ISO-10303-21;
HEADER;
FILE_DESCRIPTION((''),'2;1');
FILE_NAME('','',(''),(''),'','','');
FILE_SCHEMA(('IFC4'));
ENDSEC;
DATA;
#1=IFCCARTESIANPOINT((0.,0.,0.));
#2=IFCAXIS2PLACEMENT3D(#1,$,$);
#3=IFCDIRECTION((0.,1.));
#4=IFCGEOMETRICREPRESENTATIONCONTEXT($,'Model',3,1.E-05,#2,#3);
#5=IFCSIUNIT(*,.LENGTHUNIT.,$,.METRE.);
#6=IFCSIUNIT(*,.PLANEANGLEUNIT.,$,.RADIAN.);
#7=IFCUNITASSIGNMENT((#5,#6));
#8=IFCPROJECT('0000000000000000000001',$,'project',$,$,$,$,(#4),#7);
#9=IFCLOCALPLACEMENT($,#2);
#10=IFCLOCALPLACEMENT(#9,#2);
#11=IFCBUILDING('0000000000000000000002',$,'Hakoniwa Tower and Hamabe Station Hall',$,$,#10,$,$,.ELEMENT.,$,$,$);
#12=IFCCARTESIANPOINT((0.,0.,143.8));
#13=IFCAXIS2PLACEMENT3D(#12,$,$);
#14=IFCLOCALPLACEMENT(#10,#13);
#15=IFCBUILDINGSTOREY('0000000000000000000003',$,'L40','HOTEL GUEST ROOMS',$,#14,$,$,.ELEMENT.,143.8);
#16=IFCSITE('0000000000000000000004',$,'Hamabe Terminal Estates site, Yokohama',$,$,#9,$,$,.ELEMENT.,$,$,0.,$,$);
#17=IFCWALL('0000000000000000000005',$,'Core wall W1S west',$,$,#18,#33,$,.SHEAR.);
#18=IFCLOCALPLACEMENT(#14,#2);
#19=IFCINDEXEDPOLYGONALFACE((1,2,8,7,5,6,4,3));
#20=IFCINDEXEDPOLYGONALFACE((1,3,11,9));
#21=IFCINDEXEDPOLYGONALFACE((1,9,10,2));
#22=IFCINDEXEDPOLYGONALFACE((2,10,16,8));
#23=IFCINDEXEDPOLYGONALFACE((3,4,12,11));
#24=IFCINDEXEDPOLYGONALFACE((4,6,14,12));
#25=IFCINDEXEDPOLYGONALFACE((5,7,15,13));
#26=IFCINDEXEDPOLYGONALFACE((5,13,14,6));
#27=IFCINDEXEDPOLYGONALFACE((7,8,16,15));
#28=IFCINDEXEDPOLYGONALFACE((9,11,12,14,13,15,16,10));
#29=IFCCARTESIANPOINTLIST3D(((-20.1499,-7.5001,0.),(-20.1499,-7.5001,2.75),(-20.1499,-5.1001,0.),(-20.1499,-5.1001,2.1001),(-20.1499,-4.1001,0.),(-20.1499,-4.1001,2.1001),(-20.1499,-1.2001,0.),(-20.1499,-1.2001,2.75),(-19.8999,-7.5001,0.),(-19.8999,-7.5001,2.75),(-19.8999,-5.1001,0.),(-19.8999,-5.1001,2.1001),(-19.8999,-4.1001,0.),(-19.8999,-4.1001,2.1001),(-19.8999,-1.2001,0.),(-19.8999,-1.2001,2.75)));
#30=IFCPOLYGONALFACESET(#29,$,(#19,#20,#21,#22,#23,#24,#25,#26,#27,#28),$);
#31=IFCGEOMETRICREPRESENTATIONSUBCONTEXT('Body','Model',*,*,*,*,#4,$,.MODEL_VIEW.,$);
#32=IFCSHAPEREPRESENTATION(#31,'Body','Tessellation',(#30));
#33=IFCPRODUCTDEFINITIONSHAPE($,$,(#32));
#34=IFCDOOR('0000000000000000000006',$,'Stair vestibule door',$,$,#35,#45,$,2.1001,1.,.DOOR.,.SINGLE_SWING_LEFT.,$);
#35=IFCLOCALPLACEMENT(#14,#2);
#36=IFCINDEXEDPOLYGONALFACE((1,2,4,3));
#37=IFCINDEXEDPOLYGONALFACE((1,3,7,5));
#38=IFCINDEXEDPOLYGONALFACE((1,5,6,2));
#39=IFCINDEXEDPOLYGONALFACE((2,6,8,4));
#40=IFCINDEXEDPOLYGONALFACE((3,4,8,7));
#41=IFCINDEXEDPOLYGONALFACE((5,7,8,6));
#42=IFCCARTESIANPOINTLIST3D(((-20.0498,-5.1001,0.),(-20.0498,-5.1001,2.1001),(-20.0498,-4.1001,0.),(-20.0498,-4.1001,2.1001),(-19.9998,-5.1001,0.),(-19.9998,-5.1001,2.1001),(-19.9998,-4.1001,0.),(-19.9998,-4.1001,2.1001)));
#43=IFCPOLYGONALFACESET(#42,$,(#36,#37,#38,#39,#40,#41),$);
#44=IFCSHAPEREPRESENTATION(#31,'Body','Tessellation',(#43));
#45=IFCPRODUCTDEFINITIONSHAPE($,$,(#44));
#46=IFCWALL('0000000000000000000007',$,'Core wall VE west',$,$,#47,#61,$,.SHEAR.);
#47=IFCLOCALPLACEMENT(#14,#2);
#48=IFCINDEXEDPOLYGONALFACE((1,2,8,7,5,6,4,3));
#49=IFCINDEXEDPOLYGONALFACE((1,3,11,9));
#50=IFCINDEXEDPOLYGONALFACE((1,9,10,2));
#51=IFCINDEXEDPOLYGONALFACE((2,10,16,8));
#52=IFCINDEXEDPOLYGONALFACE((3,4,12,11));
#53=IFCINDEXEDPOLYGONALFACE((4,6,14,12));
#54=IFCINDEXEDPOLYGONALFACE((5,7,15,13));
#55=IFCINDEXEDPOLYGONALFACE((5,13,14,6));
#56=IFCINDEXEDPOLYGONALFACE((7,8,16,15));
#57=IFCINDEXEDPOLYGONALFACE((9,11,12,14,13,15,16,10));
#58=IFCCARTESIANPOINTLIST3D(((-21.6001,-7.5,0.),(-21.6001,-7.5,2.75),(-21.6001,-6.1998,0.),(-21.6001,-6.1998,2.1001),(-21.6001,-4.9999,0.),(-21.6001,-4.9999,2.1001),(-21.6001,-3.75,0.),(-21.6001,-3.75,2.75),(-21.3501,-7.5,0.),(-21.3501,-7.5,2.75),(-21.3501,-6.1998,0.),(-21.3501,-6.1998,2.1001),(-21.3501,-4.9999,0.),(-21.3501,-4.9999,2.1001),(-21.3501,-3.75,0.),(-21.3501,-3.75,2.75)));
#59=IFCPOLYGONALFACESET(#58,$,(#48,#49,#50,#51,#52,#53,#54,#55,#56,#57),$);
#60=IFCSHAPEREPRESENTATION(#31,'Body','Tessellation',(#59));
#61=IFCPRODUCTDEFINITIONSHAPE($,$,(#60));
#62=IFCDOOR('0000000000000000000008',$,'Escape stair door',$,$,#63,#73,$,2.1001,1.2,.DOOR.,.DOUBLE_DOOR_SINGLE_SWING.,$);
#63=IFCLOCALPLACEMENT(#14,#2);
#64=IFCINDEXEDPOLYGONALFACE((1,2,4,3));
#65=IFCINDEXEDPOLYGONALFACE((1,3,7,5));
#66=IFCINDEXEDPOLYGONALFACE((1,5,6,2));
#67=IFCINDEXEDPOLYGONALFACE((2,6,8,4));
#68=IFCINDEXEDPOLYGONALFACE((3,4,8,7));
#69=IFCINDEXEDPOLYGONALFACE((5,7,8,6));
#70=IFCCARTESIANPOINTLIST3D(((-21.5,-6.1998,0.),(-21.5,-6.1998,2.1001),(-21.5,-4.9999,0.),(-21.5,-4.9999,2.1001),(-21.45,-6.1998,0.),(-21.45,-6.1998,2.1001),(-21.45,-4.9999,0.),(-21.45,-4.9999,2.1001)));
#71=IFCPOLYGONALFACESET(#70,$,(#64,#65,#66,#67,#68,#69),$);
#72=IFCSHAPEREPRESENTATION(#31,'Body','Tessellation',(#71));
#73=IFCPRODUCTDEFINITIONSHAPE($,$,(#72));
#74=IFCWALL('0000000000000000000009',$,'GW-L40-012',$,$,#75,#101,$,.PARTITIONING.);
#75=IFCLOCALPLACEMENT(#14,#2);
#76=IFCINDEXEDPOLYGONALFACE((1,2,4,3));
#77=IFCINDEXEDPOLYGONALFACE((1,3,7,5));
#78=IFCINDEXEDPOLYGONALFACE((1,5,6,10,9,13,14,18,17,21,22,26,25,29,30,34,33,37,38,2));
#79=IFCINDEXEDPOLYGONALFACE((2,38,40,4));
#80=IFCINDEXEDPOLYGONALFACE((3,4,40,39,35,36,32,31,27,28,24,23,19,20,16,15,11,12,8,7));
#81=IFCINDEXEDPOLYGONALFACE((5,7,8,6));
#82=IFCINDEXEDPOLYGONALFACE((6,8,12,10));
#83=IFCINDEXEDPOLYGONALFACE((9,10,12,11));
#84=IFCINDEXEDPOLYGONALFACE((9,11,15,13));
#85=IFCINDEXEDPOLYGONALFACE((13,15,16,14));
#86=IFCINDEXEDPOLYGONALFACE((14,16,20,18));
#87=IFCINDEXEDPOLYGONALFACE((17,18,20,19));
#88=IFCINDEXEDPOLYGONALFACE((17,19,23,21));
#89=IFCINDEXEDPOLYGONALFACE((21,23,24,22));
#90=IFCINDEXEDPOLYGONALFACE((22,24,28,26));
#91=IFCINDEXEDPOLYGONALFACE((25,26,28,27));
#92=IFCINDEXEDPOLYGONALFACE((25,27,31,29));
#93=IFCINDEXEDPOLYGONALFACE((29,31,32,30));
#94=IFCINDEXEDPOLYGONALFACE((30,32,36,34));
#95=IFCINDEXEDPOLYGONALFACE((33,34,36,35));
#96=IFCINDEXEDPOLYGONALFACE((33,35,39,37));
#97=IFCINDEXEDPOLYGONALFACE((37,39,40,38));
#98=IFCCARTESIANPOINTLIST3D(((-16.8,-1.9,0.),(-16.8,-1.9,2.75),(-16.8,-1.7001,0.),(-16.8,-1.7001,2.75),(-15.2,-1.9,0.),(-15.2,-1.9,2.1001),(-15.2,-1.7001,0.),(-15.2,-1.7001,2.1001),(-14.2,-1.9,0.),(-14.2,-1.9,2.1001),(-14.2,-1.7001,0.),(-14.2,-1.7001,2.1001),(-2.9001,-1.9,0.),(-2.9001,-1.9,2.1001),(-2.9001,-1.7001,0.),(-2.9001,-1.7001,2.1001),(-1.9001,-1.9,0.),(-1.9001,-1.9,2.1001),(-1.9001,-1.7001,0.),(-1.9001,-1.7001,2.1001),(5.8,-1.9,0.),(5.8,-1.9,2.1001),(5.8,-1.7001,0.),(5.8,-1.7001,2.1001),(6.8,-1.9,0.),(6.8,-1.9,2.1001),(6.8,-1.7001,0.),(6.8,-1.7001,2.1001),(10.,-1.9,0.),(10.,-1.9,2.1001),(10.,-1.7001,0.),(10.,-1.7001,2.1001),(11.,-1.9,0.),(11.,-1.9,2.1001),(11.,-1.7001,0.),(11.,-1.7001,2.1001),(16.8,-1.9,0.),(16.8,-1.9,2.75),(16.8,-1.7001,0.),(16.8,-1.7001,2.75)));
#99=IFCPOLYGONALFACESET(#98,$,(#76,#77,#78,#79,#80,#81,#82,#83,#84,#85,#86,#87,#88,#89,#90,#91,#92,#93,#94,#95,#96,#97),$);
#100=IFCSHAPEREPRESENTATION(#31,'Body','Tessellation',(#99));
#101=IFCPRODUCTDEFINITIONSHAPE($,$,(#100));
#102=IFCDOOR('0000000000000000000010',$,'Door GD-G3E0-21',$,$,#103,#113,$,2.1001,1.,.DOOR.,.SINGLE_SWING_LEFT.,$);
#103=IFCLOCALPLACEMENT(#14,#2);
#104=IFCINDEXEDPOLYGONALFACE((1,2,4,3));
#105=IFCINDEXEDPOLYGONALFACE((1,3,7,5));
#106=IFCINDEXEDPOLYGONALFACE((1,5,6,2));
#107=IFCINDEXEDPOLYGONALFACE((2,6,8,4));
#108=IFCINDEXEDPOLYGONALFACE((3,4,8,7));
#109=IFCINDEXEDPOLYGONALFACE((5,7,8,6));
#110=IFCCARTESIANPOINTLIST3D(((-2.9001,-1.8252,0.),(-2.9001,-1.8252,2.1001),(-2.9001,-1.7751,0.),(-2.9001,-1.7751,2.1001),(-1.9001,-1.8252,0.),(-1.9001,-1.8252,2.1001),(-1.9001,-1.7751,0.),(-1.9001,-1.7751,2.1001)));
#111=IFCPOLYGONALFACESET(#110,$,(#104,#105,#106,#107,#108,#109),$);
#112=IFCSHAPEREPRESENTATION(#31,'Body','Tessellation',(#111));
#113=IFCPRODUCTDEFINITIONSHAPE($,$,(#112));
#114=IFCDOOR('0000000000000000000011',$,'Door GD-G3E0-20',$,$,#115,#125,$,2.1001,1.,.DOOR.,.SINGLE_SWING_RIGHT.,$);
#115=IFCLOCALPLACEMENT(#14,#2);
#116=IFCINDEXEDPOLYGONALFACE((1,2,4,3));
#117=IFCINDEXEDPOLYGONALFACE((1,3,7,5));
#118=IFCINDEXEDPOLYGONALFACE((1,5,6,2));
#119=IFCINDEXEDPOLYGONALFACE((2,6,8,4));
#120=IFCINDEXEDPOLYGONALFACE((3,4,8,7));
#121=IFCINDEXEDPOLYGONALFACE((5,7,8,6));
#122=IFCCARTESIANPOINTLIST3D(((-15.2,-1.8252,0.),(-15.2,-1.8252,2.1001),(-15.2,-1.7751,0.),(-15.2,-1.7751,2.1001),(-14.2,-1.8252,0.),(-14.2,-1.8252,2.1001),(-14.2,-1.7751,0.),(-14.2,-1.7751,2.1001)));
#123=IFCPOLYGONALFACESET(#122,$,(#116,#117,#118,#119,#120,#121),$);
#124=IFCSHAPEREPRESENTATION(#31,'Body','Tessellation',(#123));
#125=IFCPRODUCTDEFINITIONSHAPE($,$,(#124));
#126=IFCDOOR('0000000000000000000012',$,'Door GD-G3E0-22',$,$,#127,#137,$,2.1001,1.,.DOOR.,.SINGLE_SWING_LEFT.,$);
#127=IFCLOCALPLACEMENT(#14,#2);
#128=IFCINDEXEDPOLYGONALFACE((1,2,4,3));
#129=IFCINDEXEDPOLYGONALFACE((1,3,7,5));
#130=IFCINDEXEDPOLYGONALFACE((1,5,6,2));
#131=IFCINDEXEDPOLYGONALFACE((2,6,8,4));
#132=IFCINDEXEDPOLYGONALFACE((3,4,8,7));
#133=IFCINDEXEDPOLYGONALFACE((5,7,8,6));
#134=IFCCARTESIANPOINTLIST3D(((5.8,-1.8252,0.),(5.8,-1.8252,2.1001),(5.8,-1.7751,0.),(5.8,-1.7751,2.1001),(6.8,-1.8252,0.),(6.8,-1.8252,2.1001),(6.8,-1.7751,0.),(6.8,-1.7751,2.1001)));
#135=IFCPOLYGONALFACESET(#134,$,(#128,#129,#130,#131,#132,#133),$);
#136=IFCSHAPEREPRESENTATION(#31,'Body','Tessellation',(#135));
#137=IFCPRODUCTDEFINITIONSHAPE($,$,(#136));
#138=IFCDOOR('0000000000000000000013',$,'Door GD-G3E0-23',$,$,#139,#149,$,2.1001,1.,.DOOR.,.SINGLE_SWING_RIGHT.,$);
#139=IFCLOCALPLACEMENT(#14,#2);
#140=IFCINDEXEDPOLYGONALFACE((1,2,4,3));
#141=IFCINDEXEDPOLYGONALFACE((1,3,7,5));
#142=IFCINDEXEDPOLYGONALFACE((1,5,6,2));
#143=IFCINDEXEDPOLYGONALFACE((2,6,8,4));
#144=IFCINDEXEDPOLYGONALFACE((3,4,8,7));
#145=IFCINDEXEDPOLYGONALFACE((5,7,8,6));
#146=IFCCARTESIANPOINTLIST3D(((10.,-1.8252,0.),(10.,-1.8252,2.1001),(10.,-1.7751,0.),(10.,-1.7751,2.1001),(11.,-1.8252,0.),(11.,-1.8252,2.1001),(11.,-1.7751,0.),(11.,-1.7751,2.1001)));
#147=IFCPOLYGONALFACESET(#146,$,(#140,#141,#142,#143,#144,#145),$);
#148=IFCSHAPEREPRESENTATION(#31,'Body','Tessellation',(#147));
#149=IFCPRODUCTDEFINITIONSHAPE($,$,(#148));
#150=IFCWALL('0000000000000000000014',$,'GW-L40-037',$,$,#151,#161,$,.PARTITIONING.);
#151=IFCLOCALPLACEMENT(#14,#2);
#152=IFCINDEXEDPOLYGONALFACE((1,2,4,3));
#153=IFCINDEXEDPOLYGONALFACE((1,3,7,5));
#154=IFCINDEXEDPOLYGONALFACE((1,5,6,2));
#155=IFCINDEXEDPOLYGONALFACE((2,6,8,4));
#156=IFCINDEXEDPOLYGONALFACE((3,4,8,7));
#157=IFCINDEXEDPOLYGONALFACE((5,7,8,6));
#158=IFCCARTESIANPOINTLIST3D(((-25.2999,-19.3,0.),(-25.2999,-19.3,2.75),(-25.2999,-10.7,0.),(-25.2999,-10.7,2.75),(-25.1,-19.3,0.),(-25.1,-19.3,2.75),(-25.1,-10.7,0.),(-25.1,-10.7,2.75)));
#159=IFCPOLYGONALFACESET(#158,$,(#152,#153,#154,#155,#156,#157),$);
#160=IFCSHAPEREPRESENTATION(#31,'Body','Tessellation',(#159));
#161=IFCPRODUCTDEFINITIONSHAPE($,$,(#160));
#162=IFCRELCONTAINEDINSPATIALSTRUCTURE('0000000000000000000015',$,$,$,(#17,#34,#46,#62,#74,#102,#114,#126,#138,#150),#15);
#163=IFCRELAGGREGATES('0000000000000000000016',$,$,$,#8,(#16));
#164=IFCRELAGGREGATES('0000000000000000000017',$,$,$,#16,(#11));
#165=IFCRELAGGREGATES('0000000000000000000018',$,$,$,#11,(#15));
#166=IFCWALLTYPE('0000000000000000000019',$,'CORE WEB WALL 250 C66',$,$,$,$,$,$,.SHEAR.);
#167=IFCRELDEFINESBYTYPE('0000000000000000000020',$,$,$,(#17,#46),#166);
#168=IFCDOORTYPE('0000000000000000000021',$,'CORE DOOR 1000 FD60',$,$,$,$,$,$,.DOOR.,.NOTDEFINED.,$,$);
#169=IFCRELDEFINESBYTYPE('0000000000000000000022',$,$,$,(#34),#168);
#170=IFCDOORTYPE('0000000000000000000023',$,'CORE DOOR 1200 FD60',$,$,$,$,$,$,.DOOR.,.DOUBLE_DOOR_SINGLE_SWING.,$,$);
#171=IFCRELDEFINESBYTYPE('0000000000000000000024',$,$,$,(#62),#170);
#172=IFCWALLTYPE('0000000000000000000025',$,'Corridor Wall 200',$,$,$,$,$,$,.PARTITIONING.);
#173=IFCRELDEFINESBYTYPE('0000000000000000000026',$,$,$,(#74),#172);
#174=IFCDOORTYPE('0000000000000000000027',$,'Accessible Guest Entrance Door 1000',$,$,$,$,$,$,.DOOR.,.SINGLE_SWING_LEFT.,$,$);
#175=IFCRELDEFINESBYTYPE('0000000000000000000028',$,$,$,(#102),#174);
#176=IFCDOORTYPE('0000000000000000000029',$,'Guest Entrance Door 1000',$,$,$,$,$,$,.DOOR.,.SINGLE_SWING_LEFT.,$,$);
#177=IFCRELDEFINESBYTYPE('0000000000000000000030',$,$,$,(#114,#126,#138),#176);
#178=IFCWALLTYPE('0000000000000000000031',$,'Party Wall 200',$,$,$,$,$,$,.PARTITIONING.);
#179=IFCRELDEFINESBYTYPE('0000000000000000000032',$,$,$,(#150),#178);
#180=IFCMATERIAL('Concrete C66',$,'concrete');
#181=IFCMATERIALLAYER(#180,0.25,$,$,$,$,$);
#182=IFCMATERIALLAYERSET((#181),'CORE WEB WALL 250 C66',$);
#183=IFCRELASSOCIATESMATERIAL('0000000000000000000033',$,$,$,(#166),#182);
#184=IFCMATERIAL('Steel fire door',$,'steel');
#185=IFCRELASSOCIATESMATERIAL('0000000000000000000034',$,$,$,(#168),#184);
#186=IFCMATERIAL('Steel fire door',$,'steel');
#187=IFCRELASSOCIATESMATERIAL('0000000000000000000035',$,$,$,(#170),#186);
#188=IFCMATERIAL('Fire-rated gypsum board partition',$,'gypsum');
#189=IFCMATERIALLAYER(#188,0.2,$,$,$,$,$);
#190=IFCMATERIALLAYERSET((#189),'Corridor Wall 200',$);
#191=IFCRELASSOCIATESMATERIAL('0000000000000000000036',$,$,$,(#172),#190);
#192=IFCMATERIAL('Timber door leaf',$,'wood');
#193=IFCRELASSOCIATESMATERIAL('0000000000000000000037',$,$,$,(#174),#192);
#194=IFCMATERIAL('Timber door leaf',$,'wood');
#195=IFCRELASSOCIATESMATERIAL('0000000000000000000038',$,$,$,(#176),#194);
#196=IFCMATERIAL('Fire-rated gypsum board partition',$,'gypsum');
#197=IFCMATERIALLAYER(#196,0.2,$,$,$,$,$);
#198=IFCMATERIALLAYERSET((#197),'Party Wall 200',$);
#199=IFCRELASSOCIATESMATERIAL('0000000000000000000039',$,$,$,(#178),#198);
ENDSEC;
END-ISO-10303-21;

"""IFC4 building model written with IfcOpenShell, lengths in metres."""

from ifc_helpers import new_model, si_unit, direction, frame, frame_2d, origin, place, context, subcontext, project, spatial, rectangle, extrude, material, layer, layer_set, type_object, element, fill, save


model = new_model("IFC4")

# Units and contexts
model_context = context("Model", 3, precision=1e-05, world=origin(), true_north=direction((0.0, 1.0)))
body_context = subcontext(model_context, "Body", "Model", "MODEL_VIEW")
ifc_project = project(units=[si_unit("LENGTHUNIT", "METRE"), si_unit("PLANEANGLEUNIT", "RADIAN")], contexts=[model_context])

# Site, building, storey
site_placement = place(None, origin())
site = spatial("IfcSite", under=ifc_project, at=site_placement, Name="Hamabe Terminal Estates site, Yokohama", CompositionType="ELEMENT", RefElevation=0.0)
building_placement = place(site_placement, origin())
building = spatial("IfcBuilding", under=site, at=building_placement, Name="Hakoniwa Tower and Hamabe Station Hall", CompositionType="ELEMENT")
storey_placement = place(building_placement, frame((0.0, 0.0, 143.8)))
storey = spatial("IfcBuildingStorey", under=building, at=storey_placement, Name="L40", Description="HOTEL GUEST ROOMS", CompositionType="ELEMENT", Elevation=143.8)

# Walls, openings, doors
ifc_material_1 = material(Name="Concrete C66", Category="concrete")
ifc_layer_1 = layer(ifc_material_1, 0.25)
ifc_layer_set_1 = layer_set([ifc_layer_1], Name="CORE WEB WALL 250 C66")
wall_type_1 = type_object("IfcWallType", Name="CORE WEB WALL 250 C66", PredefinedType="SHEAR", material=ifc_layer_set_1)
wall_1_placement = place(storey_placement, frame((-20.0249, -7.5, 0.0), z_axis=(0.0, 0.0, 1.0), x_axis=(0.0, 1.0, 0.0)))
wall_1 = element("IfcWall", 1, at=wall_1_placement, inside=storey, type_object=wall_type_1, Name="Core wall W1S west", PredefinedType="SHEAR", context=body_context, shape_type="SweptSolid", body=[
    extrude(rectangle(XDim=6.3, YDim=0.25, at=frame_2d((3.1499, 0.0))), origin(), (0.0, 0.0, 1.0), 2.75),
])
opening_1_placement = place(wall_1_placement, frame((2.3999, 0.0, 0.0)))
opening_1 = element("IfcOpeningElement", 2, at=opening_1_placement, cuts=wall_1, PredefinedType="OPENING", context=body_context, shape_type="SweptSolid", body=[
    extrude(rectangle(XDim=1.0, YDim=2.1001, at=frame_2d((0.5, 1.05))), frame((0.0, 0.135, 0.0), z_axis=(0.0, -1.0, 0.0), x_axis=(1.0, 0.0, 0.0)), (0.0, 0.0, 1.0), 0.27),
])
ifc_material_2 = material(Name="Steel fire door", Category="steel")
door_type_1 = type_object("IfcDoorType", Name="CORE DOOR 1000 FD60", OperationType="NOTDEFINED", PredefinedType="DOOR", material=ifc_material_2)
door_1_placement = place(opening_1_placement, origin())
door_1 = element("IfcDoor", 3, at=door_1_placement, inside=storey, type_object=door_type_1, Name="Stair vestibule door", OperationType="SINGLE_SWING_LEFT", OverallHeight=2.1001, OverallWidth=1.0, PredefinedType="DOOR", context=body_context, shape_type="SweptSolid", body=[
    extrude(rectangle(XDim=1.0, YDim=2.1001, at=frame_2d((0.5, 1.05))), frame((0.0, 0.0249, 0.0), z_axis=(0.0, -1.0, 0.0), x_axis=(1.0, 0.0, 0.0)), (0.0, 0.0, 1.0), 0.05),
])
fill(opening_1, door_1)
wall_2_placement = place(storey_placement, frame((-21.4751, -7.5, 0.0), z_axis=(0.0, 0.0, 1.0), x_axis=(0.0, 1.0, 0.0)))
wall_2 = element("IfcWall", 4, at=wall_2_placement, inside=storey, type_object=wall_type_1, Name="Core wall VE west", PredefinedType="SHEAR", context=body_context, shape_type="SweptSolid", body=[
    extrude(rectangle(XDim=3.75, YDim=0.25, at=frame_2d((1.875, 0.0))), origin(), (0.0, 0.0, 1.0), 2.75),
])
opening_2_placement = place(wall_2_placement, frame((1.3, 0.0, 0.0)))
opening_2 = element("IfcOpeningElement", 5, at=opening_2_placement, cuts=wall_2, PredefinedType="OPENING", context=body_context, shape_type="SweptSolid", body=[
    extrude(rectangle(XDim=1.2, YDim=2.1001, at=frame_2d((0.6001, 1.05))), frame((0.0, 0.135, 0.0), z_axis=(0.0, -1.0, 0.0), x_axis=(1.0, 0.0, 0.0)), (0.0, 0.0, 1.0), 0.27),
])
ifc_material_3 = material(Name="Steel fire door", Category="steel")
door_type_2 = type_object("IfcDoorType", Name="CORE DOOR 1200 FD60", OperationType="DOUBLE_DOOR_SINGLE_SWING", PredefinedType="DOOR", material=ifc_material_3)
door_2_placement = place(opening_2_placement, origin())
door_2 = element("IfcDoor", 6, at=door_2_placement, inside=storey, type_object=door_type_2, Name="Escape stair door", OperationType="DOUBLE_DOOR_SINGLE_SWING", OverallHeight=2.1001, OverallWidth=1.2, PredefinedType="DOOR", context=body_context, shape_type="SweptSolid", body=[
    extrude(rectangle(XDim=1.2, YDim=2.1001, at=frame_2d((0.6001, 1.05))), frame((0.0, 0.0249, 0.0), z_axis=(0.0, -1.0, 0.0), x_axis=(1.0, 0.0, 0.0)), (0.0, 0.0, 1.0), 0.05),
])
fill(opening_2, door_2)

# Wall, openings, doors
ifc_material_4 = material(Name="Fire-rated gypsum board partition", Category="gypsum")
ifc_layer_2 = layer(ifc_material_4, 0.2)
ifc_layer_set_2 = layer_set([ifc_layer_2], Name="Corridor Wall 200")
wall_type_2 = type_object("IfcWallType", Name="Corridor Wall 200", PredefinedType="PARTITIONING", material=ifc_layer_set_2)
wall_3_placement = place(storey_placement, frame((-16.8, -1.8, 0.0), z_axis=(0.0, 0.0, 1.0), x_axis=(1.0, 0.0, 0.0)))
wall_3 = element("IfcWall", 7, at=wall_3_placement, inside=storey, type_object=wall_type_2, Name="GW-L40-012", PredefinedType="PARTITIONING", context=body_context, shape_type="SweptSolid", body=[
    extrude(rectangle(XDim=33.6001, YDim=0.2, at=frame_2d((16.8, 0.0))), origin(), (0.0, 0.0, 1.0), 2.75),
])
opening_3_placement = place(wall_3_placement, frame((1.6001, 0.0, 0.0)))
opening_3 = element("IfcOpeningElement", 8, at=opening_3_placement, cuts=wall_3, PredefinedType="OPENING", context=body_context, shape_type="SweptSolid", body=[
    extrude(rectangle(XDim=1.0, YDim=2.1001, at=frame_2d((0.5, 1.05))), frame((0.0, 0.1099, 0.0), z_axis=(0.0, -1.0, 0.0), x_axis=(1.0, 0.0, 0.0)), (0.0, 0.0, 1.0), 0.22),
])
opening_4_placement = place(wall_3_placement, frame((13.8999, 0.0, 0.0)))
opening_4 = element("IfcOpeningElement", 9, at=opening_4_placement, cuts=wall_3, PredefinedType="OPENING", context=body_context, shape_type="SweptSolid", body=[
    extrude(rectangle(XDim=1.0, YDim=2.1001, at=frame_2d((0.5, 1.05))), frame((0.0, 0.1099, 0.0), z_axis=(0.0, -1.0, 0.0), x_axis=(1.0, 0.0, 0.0)), (0.0, 0.0, 1.0), 0.22),
])
opening_5_placement = place(wall_3_placement, frame((22.6001, 0.0, 0.0)))
opening_5 = element("IfcOpeningElement", 10, at=opening_5_placement, cuts=wall_3, PredefinedType="OPENING", context=body_context, shape_type="SweptSolid", body=[
    extrude(rectangle(XDim=1.0, YDim=2.1001, at=frame_2d((0.5, 1.05))), frame((0.0, 0.1099, 0.0), z_axis=(0.0, -1.0, 0.0), x_axis=(1.0, 0.0, 0.0)), (0.0, 0.0, 1.0), 0.22),
])
opening_6_placement = place(wall_3_placement, frame((26.8, 0.0, 0.0)))
opening_6 = element("IfcOpeningElement", 11, at=opening_6_placement, cuts=wall_3, PredefinedType="OPENING", context=body_context, shape_type="SweptSolid", body=[
    extrude(rectangle(XDim=1.0, YDim=2.1001, at=frame_2d((0.5, 1.05))), frame((0.0, 0.1099, 0.0), z_axis=(0.0, -1.0, 0.0), x_axis=(1.0, 0.0, 0.0)), (0.0, 0.0, 1.0), 0.22),
])
ifc_material_5 = material(Name="Timber door leaf", Category="wood")
door_type_3 = type_object("IfcDoorType", Name="Accessible Guest Entrance Door 1000", OperationType="SINGLE_SWING_LEFT", PredefinedType="DOOR", material=ifc_material_5)
door_3_placement = place(opening_4_placement, origin())
door_3 = element("IfcDoor", 12, at=door_3_placement, inside=storey, type_object=door_type_3, Name="Door GD-G3E0-21", OperationType="SINGLE_SWING_LEFT", OverallHeight=2.1001, OverallWidth=1.0, PredefinedType="DOOR", context=body_context, shape_type="SweptSolid", body=[
    extrude(rectangle(XDim=1.0, YDim=2.1001, at=frame_2d((0.5, 1.05))), frame((0.0, 0.0249, 0.0), z_axis=(0.0, -1.0, 0.0), x_axis=(1.0, 0.0, 0.0)), (0.0, 0.0, 1.0), 0.05),
])
fill(opening_4, door_3)
ifc_material_6 = material(Name="Timber door leaf", Category="wood")
door_type_4 = type_object("IfcDoorType", Name="Guest Entrance Door 1000", OperationType="SINGLE_SWING_LEFT", PredefinedType="DOOR", material=ifc_material_6)
door_4_placement = place(opening_3_placement, origin())
door_4 = element("IfcDoor", 13, at=door_4_placement, inside=storey, type_object=door_type_4, Name="Door GD-G3E0-20", OperationType="SINGLE_SWING_RIGHT", OverallHeight=2.1001, OverallWidth=1.0, PredefinedType="DOOR", context=body_context, shape_type="SweptSolid", body=[
    extrude(rectangle(XDim=1.0, YDim=2.1001, at=frame_2d((0.5, 1.05))), frame((0.0, 0.0249, 0.0), z_axis=(0.0, -1.0, 0.0), x_axis=(1.0, 0.0, 0.0)), (0.0, 0.0, 1.0), 0.05),
])
fill(opening_3, door_4)
door_5_placement = place(opening_5_placement, origin())
door_5 = element("IfcDoor", 14, at=door_5_placement, inside=storey, type_object=door_type_4, Name="Door GD-G3E0-22", OperationType="SINGLE_SWING_LEFT", OverallHeight=2.1001, OverallWidth=1.0, PredefinedType="DOOR", context=body_context, shape_type="SweptSolid", body=[
    extrude(rectangle(XDim=1.0, YDim=2.1001, at=frame_2d((0.5, 1.05))), frame((0.0, 0.0249, 0.0), z_axis=(0.0, -1.0, 0.0), x_axis=(1.0, 0.0, 0.0)), (0.0, 0.0, 1.0), 0.05),
])
fill(opening_5, door_5)
door_6_placement = place(opening_6_placement, origin())
door_6 = element("IfcDoor", 15, at=door_6_placement, inside=storey, type_object=door_type_4, Name="Door GD-G3E0-23", OperationType="SINGLE_SWING_RIGHT", OverallHeight=2.1001, OverallWidth=1.0, PredefinedType="DOOR", context=body_context, shape_type="SweptSolid", body=[
    extrude(rectangle(XDim=1.0, YDim=2.1001, at=frame_2d((0.5, 1.05))), frame((0.0, 0.0249, 0.0), z_axis=(0.0, -1.0, 0.0), x_axis=(1.0, 0.0, 0.0)), (0.0, 0.0, 1.0), 0.05),
])
fill(opening_6, door_6)

# Wall
ifc_material_7 = material(Name="Fire-rated gypsum board partition", Category="gypsum")
ifc_layer_3 = layer(ifc_material_7, 0.2)
ifc_layer_set_3 = layer_set([ifc_layer_3], Name="Party Wall 200")
wall_type_3 = type_object("IfcWallType", Name="Party Wall 200", PredefinedType="PARTITIONING", material=ifc_layer_set_3)
for number, where, z_axis, x_axis, name in (
    (16, (-25.2, -19.3, 0.0), (0.0, 0.0, 1.0), (0.0, 1.0, 0.0), "GW-L40-037"),
):
    element("IfcWall", number, at=place(storey_placement, frame(where, z_axis=z_axis, x_axis=x_axis)), inside=storey, type_object=wall_type_3, Name=name, PredefinedType="PARTITIONING", context=body_context, shape_type="SweptSolid", body=[
        extrude(rectangle(XDim=8.6001, YDim=0.2, at=frame_2d((4.3, 0.0))), origin(), (0.0, 0.0, 1.0), 2.75),
    ])

save(model, "model.ifc")
